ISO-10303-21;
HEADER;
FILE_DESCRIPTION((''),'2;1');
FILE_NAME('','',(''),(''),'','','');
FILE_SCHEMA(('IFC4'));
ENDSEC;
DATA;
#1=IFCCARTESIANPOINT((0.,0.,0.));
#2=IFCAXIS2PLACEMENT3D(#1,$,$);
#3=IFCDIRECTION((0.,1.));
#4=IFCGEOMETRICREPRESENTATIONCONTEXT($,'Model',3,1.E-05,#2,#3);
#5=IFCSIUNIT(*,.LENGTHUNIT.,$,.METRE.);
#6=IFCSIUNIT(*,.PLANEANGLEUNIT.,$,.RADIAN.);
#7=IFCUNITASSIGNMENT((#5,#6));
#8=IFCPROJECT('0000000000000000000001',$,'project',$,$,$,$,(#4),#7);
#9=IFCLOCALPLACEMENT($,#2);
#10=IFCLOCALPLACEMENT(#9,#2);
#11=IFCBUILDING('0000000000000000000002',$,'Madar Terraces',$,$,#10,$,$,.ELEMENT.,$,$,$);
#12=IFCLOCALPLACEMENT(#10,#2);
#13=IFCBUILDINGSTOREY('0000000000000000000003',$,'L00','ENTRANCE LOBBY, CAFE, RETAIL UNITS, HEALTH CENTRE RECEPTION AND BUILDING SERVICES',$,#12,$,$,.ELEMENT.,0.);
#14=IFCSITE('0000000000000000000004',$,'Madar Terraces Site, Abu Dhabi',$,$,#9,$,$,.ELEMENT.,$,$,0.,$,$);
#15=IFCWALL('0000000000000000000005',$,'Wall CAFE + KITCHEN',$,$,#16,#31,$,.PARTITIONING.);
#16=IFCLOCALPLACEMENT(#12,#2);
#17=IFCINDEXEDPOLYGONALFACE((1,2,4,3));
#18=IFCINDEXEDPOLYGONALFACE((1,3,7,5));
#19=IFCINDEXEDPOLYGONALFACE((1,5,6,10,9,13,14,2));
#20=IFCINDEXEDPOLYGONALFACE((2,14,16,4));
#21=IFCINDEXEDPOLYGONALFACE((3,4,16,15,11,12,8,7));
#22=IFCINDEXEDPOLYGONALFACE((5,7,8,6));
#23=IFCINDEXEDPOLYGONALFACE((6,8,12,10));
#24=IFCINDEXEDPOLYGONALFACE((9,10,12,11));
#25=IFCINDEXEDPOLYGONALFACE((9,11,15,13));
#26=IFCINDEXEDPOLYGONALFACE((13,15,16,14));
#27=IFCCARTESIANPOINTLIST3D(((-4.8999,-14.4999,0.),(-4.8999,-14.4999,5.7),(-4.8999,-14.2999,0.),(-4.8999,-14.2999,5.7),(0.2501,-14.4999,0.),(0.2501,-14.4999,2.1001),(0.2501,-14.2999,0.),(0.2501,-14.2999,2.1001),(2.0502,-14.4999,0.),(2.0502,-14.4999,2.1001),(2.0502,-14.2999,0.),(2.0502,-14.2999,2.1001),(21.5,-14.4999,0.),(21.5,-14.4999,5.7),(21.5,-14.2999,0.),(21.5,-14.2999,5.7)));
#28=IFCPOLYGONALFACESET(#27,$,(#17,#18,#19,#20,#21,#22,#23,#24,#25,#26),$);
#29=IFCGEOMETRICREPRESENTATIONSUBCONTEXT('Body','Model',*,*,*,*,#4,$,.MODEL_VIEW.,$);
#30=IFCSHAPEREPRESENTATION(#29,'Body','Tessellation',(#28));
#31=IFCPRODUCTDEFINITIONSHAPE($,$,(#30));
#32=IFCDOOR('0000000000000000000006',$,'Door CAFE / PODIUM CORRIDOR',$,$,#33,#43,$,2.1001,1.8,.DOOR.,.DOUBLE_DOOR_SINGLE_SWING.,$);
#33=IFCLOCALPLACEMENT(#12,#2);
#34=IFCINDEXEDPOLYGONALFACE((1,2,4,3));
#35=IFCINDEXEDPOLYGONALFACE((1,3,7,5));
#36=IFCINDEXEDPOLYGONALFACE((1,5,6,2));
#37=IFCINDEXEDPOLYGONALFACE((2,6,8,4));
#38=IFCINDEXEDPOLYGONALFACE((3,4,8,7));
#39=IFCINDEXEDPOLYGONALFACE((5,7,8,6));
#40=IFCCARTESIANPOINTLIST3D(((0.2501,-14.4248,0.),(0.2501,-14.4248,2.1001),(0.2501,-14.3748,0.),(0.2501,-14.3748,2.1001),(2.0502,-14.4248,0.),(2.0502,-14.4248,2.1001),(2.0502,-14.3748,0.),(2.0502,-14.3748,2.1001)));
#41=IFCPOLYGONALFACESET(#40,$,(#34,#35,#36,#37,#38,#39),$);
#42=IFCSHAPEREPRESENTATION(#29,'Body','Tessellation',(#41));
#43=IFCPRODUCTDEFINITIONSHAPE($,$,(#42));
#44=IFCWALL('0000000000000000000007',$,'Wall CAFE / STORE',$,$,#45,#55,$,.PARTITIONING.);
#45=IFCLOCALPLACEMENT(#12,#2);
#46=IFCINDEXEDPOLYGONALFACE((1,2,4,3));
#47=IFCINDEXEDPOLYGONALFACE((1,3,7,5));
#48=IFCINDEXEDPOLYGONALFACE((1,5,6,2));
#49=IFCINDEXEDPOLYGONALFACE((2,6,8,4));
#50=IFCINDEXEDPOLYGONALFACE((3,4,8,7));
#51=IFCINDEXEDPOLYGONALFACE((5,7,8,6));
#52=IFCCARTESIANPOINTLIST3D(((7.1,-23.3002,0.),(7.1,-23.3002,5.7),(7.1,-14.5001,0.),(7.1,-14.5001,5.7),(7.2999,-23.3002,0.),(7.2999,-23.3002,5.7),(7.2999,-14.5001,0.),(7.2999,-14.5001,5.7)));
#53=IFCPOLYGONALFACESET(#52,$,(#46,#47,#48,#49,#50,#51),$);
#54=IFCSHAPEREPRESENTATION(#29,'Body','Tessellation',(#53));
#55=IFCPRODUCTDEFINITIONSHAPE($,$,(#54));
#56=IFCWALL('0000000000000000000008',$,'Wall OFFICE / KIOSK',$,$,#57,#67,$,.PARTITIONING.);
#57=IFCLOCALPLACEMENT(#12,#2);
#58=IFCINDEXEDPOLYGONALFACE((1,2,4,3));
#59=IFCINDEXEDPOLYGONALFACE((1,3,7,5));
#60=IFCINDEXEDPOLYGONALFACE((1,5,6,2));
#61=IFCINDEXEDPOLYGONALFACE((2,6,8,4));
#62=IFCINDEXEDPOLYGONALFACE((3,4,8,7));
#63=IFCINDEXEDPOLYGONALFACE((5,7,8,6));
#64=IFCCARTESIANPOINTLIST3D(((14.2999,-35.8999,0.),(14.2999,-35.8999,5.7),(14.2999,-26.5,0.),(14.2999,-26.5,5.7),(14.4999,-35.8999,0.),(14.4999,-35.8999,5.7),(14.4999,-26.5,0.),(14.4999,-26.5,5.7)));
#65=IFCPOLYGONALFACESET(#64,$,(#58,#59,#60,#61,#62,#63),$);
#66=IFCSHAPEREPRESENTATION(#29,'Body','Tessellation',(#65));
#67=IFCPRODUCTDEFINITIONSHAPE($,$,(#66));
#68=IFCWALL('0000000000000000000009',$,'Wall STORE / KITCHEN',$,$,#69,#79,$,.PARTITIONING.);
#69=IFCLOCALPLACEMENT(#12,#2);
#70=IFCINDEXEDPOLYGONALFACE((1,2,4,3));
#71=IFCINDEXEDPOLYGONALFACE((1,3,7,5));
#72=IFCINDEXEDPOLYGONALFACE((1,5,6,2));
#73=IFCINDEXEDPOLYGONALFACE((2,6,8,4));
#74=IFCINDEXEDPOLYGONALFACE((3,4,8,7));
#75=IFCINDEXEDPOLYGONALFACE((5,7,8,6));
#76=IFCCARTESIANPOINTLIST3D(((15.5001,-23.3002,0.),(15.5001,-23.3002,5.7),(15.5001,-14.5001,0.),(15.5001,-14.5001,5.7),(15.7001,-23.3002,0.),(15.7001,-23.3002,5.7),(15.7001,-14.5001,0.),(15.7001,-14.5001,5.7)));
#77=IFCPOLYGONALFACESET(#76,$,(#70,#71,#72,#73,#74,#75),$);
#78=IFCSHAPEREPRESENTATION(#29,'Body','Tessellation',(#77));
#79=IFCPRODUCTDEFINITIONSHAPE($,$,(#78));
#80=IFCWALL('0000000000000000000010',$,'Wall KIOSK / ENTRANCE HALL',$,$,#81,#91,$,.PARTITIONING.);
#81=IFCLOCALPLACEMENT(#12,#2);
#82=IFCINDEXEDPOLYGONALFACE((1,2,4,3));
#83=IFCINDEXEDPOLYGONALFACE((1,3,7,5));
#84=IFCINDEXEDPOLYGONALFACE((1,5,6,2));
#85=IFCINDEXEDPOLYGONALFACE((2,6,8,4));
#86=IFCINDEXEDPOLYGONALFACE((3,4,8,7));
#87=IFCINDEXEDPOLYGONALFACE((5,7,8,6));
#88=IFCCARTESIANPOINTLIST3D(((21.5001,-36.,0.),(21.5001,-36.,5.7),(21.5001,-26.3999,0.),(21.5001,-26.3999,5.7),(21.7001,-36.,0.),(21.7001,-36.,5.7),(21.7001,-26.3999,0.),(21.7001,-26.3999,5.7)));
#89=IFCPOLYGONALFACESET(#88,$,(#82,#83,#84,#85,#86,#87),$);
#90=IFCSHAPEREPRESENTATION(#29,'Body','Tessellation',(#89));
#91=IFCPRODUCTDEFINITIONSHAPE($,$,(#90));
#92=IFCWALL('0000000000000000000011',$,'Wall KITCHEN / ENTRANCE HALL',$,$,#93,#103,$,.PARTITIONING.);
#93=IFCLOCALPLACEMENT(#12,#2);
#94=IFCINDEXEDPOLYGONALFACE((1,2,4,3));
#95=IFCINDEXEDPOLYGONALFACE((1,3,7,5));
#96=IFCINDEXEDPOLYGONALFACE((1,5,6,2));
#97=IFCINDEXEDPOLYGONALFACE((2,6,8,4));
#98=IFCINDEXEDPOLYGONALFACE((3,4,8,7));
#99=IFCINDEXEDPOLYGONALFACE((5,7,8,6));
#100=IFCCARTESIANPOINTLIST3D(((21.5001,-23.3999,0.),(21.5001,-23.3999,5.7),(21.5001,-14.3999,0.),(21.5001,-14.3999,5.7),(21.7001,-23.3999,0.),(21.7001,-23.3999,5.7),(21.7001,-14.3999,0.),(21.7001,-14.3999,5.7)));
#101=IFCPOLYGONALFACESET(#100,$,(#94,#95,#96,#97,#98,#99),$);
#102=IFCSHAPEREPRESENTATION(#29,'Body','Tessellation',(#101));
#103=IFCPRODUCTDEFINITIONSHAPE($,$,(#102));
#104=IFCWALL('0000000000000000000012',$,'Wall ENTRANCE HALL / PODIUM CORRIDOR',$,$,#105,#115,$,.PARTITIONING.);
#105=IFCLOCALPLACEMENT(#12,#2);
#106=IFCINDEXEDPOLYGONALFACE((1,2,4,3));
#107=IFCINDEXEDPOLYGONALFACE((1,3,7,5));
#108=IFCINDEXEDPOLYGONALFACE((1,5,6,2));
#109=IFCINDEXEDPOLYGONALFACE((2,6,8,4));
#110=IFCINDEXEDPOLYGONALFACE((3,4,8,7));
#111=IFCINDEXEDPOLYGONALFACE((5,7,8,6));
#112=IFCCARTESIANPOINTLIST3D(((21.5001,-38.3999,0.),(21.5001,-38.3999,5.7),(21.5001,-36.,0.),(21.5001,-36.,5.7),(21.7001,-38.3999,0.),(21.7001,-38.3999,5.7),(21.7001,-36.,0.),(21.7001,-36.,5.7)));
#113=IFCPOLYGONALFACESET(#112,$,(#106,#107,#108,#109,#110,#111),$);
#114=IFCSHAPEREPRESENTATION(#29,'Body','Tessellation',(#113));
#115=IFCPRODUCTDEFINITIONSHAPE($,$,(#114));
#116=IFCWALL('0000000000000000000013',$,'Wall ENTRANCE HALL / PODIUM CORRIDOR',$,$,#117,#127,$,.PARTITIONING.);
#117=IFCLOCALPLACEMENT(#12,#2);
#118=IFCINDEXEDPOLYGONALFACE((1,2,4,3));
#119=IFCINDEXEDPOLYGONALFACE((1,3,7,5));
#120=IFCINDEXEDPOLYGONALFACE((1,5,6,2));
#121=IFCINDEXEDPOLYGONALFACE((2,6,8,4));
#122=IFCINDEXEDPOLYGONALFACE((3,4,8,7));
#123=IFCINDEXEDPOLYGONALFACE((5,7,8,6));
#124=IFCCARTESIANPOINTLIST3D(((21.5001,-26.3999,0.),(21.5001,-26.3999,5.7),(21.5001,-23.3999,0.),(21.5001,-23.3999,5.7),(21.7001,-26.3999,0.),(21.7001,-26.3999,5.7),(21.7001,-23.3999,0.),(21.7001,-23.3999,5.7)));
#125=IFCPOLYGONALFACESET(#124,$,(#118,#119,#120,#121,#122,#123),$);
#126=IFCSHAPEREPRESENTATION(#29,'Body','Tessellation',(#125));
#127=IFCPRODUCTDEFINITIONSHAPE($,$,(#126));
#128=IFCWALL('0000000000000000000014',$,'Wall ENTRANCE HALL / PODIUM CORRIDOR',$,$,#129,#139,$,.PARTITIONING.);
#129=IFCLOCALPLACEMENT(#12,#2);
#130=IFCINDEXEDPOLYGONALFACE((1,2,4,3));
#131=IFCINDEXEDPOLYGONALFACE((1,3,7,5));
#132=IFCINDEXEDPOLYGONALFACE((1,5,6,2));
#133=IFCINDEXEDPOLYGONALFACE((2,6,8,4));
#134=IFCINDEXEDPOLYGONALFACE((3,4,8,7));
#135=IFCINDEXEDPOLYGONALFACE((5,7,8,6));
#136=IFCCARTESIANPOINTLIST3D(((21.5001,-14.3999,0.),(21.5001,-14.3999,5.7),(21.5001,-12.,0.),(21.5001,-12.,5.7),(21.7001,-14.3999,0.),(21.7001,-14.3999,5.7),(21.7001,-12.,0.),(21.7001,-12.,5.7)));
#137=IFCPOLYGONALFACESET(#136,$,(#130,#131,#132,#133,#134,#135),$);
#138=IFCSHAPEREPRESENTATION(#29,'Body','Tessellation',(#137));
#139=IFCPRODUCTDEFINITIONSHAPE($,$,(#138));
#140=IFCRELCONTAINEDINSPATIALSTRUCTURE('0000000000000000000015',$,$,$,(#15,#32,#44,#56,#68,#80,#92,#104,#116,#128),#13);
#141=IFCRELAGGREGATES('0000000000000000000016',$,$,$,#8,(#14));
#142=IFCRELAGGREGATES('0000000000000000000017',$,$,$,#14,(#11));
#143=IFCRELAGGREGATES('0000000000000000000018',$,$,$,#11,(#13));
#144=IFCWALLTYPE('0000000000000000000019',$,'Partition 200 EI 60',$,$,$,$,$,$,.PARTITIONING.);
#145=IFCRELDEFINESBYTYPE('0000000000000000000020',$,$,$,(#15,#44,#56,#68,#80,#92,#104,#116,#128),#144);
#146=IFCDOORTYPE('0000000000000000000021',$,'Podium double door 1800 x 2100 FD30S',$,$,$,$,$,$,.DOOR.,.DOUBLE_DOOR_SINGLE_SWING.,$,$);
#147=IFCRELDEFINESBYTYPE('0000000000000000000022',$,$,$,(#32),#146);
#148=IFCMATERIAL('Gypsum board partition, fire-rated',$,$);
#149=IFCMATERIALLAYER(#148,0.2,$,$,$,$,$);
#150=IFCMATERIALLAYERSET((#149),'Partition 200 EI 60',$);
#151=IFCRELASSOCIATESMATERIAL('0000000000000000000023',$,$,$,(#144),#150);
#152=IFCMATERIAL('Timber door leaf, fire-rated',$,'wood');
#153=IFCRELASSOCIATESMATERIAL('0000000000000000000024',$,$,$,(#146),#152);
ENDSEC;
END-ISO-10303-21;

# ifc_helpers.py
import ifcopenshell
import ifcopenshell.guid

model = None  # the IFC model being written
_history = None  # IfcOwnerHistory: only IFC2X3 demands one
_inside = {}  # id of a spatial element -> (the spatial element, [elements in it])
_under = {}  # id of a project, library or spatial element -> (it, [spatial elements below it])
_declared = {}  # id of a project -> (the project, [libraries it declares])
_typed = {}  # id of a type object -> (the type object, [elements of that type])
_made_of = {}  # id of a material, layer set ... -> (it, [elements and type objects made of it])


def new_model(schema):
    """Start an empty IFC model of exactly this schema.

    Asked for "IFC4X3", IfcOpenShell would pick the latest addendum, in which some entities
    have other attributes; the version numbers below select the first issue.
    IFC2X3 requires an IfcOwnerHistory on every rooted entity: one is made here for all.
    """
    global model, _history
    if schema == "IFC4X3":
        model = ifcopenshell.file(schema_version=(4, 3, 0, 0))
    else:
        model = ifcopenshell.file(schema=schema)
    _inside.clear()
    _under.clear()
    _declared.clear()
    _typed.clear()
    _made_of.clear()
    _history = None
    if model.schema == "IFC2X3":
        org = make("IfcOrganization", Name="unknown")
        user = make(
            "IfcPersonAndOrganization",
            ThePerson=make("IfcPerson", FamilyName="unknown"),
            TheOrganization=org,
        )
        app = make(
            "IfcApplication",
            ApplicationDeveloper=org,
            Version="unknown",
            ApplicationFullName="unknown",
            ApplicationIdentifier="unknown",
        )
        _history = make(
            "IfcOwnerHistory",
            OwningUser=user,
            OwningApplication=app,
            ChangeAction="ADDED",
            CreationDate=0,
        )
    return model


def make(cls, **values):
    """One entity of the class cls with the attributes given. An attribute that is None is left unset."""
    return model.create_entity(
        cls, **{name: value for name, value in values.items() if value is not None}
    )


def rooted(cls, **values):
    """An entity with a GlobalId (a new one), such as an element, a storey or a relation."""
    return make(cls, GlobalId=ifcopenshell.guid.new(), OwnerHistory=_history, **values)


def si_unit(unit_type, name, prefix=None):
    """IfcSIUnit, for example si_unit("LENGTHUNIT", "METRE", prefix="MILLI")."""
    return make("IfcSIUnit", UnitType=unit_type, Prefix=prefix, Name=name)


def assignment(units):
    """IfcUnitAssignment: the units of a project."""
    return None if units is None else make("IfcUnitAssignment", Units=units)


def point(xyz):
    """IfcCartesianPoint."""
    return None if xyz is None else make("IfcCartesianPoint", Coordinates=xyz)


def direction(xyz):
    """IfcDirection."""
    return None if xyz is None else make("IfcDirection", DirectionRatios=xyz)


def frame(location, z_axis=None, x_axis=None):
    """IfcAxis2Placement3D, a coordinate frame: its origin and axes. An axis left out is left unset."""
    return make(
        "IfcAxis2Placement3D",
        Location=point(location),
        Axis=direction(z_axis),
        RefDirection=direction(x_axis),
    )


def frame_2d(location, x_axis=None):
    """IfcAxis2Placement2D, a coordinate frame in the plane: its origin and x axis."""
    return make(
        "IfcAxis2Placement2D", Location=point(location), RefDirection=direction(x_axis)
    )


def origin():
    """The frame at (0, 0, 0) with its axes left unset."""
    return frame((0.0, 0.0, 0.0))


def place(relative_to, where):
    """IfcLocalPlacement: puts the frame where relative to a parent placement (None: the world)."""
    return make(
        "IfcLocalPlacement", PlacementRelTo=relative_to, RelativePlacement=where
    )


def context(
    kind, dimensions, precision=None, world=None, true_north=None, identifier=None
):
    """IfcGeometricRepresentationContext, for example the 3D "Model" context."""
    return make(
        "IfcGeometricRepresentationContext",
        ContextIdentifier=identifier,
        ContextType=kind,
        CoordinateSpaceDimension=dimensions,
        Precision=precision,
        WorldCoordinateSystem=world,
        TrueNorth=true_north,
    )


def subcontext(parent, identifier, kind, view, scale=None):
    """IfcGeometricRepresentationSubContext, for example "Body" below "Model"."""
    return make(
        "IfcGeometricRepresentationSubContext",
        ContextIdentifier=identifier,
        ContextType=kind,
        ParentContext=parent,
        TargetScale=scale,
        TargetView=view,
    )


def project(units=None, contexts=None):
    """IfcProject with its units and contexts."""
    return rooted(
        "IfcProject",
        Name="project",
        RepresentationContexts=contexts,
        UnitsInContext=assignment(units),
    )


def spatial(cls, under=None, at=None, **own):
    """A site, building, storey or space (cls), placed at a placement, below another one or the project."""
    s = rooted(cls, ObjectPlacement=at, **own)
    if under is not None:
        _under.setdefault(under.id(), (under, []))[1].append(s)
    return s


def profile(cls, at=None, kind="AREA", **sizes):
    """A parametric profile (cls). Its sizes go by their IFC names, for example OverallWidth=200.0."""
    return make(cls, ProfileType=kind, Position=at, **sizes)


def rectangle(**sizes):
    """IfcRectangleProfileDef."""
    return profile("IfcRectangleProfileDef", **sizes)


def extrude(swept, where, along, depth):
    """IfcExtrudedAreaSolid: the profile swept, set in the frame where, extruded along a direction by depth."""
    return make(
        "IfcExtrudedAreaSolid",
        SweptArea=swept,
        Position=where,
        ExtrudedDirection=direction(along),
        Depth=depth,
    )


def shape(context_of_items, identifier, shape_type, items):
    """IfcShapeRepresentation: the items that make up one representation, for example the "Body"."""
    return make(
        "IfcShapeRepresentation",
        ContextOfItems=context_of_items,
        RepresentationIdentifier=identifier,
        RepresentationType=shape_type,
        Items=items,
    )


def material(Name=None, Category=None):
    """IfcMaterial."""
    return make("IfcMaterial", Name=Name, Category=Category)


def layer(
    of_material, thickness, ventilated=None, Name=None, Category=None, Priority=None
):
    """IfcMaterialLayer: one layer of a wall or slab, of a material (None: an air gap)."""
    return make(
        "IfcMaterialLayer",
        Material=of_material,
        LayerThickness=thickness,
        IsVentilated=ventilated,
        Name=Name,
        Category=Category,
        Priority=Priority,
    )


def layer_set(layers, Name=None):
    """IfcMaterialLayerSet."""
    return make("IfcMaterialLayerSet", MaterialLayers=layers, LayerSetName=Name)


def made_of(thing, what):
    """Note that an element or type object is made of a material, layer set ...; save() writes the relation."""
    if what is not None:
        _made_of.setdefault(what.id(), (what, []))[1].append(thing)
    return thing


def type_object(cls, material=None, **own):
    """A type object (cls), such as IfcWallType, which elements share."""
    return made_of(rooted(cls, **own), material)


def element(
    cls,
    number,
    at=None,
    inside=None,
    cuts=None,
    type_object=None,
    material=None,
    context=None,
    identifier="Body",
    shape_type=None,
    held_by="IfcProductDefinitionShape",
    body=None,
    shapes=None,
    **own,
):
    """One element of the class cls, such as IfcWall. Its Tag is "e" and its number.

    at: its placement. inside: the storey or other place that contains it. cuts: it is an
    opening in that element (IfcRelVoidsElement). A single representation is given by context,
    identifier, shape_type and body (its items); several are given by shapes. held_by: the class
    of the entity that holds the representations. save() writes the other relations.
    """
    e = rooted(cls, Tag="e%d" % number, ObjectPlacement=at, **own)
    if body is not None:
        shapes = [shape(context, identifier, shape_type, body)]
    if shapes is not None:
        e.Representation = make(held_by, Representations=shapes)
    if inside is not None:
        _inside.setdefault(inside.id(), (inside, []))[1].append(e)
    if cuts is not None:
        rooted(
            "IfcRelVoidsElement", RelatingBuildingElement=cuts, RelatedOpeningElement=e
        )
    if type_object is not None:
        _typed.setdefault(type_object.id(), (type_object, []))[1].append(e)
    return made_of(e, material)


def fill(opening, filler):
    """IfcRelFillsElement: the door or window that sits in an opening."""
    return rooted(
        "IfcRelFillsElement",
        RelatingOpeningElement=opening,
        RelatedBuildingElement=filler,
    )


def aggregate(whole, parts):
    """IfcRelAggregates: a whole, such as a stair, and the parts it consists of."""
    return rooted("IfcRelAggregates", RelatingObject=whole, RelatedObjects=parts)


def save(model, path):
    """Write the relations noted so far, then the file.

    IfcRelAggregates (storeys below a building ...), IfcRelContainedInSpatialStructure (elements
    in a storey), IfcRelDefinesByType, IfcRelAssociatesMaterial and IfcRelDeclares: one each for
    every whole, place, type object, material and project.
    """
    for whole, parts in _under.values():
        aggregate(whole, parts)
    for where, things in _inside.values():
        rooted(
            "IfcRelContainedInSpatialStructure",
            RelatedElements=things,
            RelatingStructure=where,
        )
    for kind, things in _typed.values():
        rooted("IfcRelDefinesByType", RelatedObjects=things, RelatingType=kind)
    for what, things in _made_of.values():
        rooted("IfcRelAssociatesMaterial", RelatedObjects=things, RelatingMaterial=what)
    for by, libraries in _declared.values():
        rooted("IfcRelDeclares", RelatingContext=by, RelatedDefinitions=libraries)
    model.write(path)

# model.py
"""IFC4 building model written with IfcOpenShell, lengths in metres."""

from ifc_helpers import new_model, si_unit, direction, frame, frame_2d, origin, place, context, subcontext, project, spatial, rectangle, extrude, material, layer, layer_set, type_object, element, fill, save


model = new_model("IFC4")

# Units and contexts
model_context = context("Model", 3, precision=1e-05, world=origin(), true_north=direction((0.0, 1.0)))
body_context = subcontext(model_context, "Body", "Model", "MODEL_VIEW")
ifc_project = project(units=[si_unit("LENGTHUNIT", "METRE"), si_unit("PLANEANGLEUNIT", "RADIAN")], contexts=[model_context])

# Site, building, storey
site_placement = place(None, origin())
site = spatial("IfcSite", under=ifc_project, at=site_placement, Name="Madar Terraces Site, Abu Dhabi", CompositionType="ELEMENT", RefElevation=0.0)
building_placement = place(site_placement, origin())
building = spatial("IfcBuilding", under=site, at=building_placement, Name="Madar Terraces", CompositionType="ELEMENT")
storey_placement = place(building_placement, origin())
storey = spatial("IfcBuildingStorey", under=building, at=storey_placement, Name="L00", Description="ENTRANCE LOBBY, CAFE, RETAIL UNITS, HEALTH CENTRE RECEPTION AND BUILDING SERVICES", CompositionType="ELEMENT", Elevation=0.0)

# Shared definitions
ifc_material_1 = material(Name="Gypsum board partition, fire-rated")
ifc_layer = layer(ifc_material_1, 0.2)
ifc_layer_set = layer_set([ifc_layer], Name="Partition 200 EI 60")
wall_type = type_object("IfcWallType", Name="Partition 200 EI 60", PredefinedType="PARTITIONING", material=ifc_layer_set)

# Wall, opening, door
wall_1_placement = place(storey_placement, frame((21.5, -14.3999, 0.0), z_axis=(0.0, 0.0, 1.0), x_axis=(-1.0, 0.0, 0.0)))
wall_1 = element("IfcWall", 1, at=wall_1_placement, inside=storey, type_object=wall_type, Name="Wall CAFE + KITCHEN", PredefinedType="PARTITIONING", context=body_context, shape_type="SweptSolid", body=[
    extrude(rectangle(XDim=26.3999, YDim=0.2, at=frame_2d((13.2, 0.0))), origin(), (0.0, 0.0, 1.0), 5.7),
])
opening_1_placement = place(wall_1_placement, frame((19.45, 0.0, 0.0)))
opening_1 = element("IfcOpeningElement", 2, at=opening_1_placement, cuts=wall_1, PredefinedType="OPENING", context=body_context, shape_type="SweptSolid", body=[
    extrude(rectangle(XDim=1.8, YDim=2.1001, at=frame_2d((0.8999, 1.05))), frame((0.0, 0.1099, 0.0), z_axis=(0.0, -1.0, 0.0), x_axis=(1.0, 0.0, 0.0)), (0.0, 0.0, 1.0), 0.22),
])
ifc_material_2 = material(Name="Timber door leaf, fire-rated", Category="wood")
door_type_1 = type_object("IfcDoorType", Name="Podium double door 1800 x 2100 FD30S", OperationType="DOUBLE_DOOR_SINGLE_SWING", PredefinedType="DOOR", material=ifc_material_2)
door_1_placement = place(opening_1_placement, origin())
door_1 = element("IfcDoor", 3, at=door_1_placement, inside=storey, type_object=door_type_1, Name="Door CAFE / PODIUM CORRIDOR", OperationType="DOUBLE_DOOR_SINGLE_SWING", OverallHeight=2.1001, OverallWidth=1.8, PredefinedType="DOOR", context=body_context, shape_type="SweptSolid", body=[
    extrude(rectangle(XDim=1.8, YDim=2.1001, at=frame_2d((0.8999, 1.05))), frame((0.0, 0.0249, 0.0), z_axis=(0.0, -1.0, 0.0), x_axis=(1.0, 0.0, 0.0)), (0.0, 0.0, 1.0), 0.05),
])
fill(opening_1, door_1)

# Walls
wall_2_placement = place(storey_placement, frame((7.2, -23.3, 0.0), z_axis=(0.0, 0.0, 1.0), x_axis=(0.0, 1.0, 0.0)))
element("IfcWall", 4, at=wall_2_placement, inside=storey, type_object=wall_type, Name="Wall CAFE / STORE", PredefinedType="PARTITIONING", context=body_context, shape_type="SweptSolid", body=[
    extrude(rectangle(XDim=8.8, YDim=0.2, at=frame_2d((4.3999, 0.0))), origin(), (0.0, 0.0, 1.0), 5.7),
])
wall_3_placement = place(storey_placement, frame((14.3999, -35.8999, 0.0), z_axis=(0.0, 0.0, 1.0), x_axis=(0.0, 1.0, 0.0)))
element("IfcWall", 5, at=wall_3_placement, inside=storey, type_object=wall_type, Name="Wall OFFICE / KIOSK", PredefinedType="PARTITIONING", context=body_context, shape_type="SweptSolid", body=[
    extrude(rectangle(XDim=9.3999, YDim=0.2, at=frame_2d((4.7, 0.0))), origin(), (0.0, 0.0, 1.0), 5.7),
])
wall_4_placement = place(storey_placement, frame((15.6001, -23.3, 0.0), z_axis=(0.0, 0.0, 1.0), x_axis=(0.0, 1.0, 0.0)))
element("IfcWall", 6, at=wall_4_placement, inside=storey, type_object=wall_type, Name="Wall STORE / KITCHEN", PredefinedType="PARTITIONING", context=body_context, shape_type="SweptSolid", body=[
    extrude(rectangle(XDim=8.8, YDim=0.2, at=frame_2d((4.3999, 0.0))), origin(), (0.0, 0.0, 1.0), 5.7),
])
wall_5_placement = place(storey_placement, frame((21.6001, -36.0, 0.0), z_axis=(0.0, 0.0, 1.0), x_axis=(0.0, 1.0, 0.0)))
element("IfcWall", 7, at=wall_5_placement, inside=storey, type_object=wall_type, Name="Wall KIOSK / ENTRANCE HALL", PredefinedType="PARTITIONING", context=body_context, shape_type="SweptSolid", body=[
    extrude(rectangle(XDim=9.6001, YDim=0.2, at=frame_2d((4.8, 0.0))), origin(), (0.0, 0.0, 1.0), 5.7),
])
wall_6_placement = place(storey_placement, frame((21.6001, -23.3999, 0.0), z_axis=(0.0, 0.0, 1.0), x_axis=(0.0, 1.0, 0.0)))
element("IfcWall", 8, at=wall_6_placement, inside=storey, type_object=wall_type, Name="Wall KITCHEN / ENTRANCE HALL", PredefinedType="PARTITIONING", context=body_context, shape_type="SweptSolid", body=[
    extrude(rectangle(XDim=9.0, YDim=0.2, at=frame_2d((4.5, 0.0))), origin(), (0.0, 0.0, 1.0), 5.7),
])
wall_7_placement = place(storey_placement, frame((21.6001, -38.3999, 0.0), z_axis=(0.0, 0.0, 1.0), x_axis=(0.0, 1.0, 0.0)))
element("IfcWall", 9, at=wall_7_placement, inside=storey, type_object=wall_type, Name="Wall ENTRANCE HALL / PODIUM CORRIDOR", PredefinedType="PARTITIONING", context=body_context, shape_type="SweptSolid", body=[
    extrude(rectangle(XDim=2.3999, YDim=0.2, at=frame_2d((1.2, 0.0))), origin(), (0.0, 0.0, 1.0), 5.7),
])
wall_8_placement = place(storey_placement, frame((21.6001, -26.3999, 0.0), z_axis=(0.0, 0.0, 1.0), x_axis=(0.0, 1.0, 0.0)))
element("IfcWall", 10, at=wall_8_placement, inside=storey, type_object=wall_type, Name="Wall ENTRANCE HALL / PODIUM CORRIDOR", PredefinedType="PARTITIONING", context=body_context, shape_type="SweptSolid", body=[
    extrude(rectangle(XDim=3.0, YDim=0.2, at=frame_2d((1.5, 0.0))), origin(), (0.0, 0.0, 1.0), 5.7),
])
wall_9_placement = place(storey_placement, frame((21.6001, -14.3999, 0.0), z_axis=(0.0, 0.0, 1.0), x_axis=(0.0, 1.0, 0.0)))
element("IfcWall", 11, at=wall_9_placement, inside=storey, type_object=wall_type, Name="Wall ENTRANCE HALL / PODIUM CORRIDOR", PredefinedType="PARTITIONING", context=body_context, shape_type="SweptSolid", body=[
    extrude(rectangle(XDim=2.3999, YDim=0.2, at=frame_2d((1.2, 0.0))), origin(), (0.0, 0.0, 1.0), 5.7),
])

save(model, "model.ifc")
